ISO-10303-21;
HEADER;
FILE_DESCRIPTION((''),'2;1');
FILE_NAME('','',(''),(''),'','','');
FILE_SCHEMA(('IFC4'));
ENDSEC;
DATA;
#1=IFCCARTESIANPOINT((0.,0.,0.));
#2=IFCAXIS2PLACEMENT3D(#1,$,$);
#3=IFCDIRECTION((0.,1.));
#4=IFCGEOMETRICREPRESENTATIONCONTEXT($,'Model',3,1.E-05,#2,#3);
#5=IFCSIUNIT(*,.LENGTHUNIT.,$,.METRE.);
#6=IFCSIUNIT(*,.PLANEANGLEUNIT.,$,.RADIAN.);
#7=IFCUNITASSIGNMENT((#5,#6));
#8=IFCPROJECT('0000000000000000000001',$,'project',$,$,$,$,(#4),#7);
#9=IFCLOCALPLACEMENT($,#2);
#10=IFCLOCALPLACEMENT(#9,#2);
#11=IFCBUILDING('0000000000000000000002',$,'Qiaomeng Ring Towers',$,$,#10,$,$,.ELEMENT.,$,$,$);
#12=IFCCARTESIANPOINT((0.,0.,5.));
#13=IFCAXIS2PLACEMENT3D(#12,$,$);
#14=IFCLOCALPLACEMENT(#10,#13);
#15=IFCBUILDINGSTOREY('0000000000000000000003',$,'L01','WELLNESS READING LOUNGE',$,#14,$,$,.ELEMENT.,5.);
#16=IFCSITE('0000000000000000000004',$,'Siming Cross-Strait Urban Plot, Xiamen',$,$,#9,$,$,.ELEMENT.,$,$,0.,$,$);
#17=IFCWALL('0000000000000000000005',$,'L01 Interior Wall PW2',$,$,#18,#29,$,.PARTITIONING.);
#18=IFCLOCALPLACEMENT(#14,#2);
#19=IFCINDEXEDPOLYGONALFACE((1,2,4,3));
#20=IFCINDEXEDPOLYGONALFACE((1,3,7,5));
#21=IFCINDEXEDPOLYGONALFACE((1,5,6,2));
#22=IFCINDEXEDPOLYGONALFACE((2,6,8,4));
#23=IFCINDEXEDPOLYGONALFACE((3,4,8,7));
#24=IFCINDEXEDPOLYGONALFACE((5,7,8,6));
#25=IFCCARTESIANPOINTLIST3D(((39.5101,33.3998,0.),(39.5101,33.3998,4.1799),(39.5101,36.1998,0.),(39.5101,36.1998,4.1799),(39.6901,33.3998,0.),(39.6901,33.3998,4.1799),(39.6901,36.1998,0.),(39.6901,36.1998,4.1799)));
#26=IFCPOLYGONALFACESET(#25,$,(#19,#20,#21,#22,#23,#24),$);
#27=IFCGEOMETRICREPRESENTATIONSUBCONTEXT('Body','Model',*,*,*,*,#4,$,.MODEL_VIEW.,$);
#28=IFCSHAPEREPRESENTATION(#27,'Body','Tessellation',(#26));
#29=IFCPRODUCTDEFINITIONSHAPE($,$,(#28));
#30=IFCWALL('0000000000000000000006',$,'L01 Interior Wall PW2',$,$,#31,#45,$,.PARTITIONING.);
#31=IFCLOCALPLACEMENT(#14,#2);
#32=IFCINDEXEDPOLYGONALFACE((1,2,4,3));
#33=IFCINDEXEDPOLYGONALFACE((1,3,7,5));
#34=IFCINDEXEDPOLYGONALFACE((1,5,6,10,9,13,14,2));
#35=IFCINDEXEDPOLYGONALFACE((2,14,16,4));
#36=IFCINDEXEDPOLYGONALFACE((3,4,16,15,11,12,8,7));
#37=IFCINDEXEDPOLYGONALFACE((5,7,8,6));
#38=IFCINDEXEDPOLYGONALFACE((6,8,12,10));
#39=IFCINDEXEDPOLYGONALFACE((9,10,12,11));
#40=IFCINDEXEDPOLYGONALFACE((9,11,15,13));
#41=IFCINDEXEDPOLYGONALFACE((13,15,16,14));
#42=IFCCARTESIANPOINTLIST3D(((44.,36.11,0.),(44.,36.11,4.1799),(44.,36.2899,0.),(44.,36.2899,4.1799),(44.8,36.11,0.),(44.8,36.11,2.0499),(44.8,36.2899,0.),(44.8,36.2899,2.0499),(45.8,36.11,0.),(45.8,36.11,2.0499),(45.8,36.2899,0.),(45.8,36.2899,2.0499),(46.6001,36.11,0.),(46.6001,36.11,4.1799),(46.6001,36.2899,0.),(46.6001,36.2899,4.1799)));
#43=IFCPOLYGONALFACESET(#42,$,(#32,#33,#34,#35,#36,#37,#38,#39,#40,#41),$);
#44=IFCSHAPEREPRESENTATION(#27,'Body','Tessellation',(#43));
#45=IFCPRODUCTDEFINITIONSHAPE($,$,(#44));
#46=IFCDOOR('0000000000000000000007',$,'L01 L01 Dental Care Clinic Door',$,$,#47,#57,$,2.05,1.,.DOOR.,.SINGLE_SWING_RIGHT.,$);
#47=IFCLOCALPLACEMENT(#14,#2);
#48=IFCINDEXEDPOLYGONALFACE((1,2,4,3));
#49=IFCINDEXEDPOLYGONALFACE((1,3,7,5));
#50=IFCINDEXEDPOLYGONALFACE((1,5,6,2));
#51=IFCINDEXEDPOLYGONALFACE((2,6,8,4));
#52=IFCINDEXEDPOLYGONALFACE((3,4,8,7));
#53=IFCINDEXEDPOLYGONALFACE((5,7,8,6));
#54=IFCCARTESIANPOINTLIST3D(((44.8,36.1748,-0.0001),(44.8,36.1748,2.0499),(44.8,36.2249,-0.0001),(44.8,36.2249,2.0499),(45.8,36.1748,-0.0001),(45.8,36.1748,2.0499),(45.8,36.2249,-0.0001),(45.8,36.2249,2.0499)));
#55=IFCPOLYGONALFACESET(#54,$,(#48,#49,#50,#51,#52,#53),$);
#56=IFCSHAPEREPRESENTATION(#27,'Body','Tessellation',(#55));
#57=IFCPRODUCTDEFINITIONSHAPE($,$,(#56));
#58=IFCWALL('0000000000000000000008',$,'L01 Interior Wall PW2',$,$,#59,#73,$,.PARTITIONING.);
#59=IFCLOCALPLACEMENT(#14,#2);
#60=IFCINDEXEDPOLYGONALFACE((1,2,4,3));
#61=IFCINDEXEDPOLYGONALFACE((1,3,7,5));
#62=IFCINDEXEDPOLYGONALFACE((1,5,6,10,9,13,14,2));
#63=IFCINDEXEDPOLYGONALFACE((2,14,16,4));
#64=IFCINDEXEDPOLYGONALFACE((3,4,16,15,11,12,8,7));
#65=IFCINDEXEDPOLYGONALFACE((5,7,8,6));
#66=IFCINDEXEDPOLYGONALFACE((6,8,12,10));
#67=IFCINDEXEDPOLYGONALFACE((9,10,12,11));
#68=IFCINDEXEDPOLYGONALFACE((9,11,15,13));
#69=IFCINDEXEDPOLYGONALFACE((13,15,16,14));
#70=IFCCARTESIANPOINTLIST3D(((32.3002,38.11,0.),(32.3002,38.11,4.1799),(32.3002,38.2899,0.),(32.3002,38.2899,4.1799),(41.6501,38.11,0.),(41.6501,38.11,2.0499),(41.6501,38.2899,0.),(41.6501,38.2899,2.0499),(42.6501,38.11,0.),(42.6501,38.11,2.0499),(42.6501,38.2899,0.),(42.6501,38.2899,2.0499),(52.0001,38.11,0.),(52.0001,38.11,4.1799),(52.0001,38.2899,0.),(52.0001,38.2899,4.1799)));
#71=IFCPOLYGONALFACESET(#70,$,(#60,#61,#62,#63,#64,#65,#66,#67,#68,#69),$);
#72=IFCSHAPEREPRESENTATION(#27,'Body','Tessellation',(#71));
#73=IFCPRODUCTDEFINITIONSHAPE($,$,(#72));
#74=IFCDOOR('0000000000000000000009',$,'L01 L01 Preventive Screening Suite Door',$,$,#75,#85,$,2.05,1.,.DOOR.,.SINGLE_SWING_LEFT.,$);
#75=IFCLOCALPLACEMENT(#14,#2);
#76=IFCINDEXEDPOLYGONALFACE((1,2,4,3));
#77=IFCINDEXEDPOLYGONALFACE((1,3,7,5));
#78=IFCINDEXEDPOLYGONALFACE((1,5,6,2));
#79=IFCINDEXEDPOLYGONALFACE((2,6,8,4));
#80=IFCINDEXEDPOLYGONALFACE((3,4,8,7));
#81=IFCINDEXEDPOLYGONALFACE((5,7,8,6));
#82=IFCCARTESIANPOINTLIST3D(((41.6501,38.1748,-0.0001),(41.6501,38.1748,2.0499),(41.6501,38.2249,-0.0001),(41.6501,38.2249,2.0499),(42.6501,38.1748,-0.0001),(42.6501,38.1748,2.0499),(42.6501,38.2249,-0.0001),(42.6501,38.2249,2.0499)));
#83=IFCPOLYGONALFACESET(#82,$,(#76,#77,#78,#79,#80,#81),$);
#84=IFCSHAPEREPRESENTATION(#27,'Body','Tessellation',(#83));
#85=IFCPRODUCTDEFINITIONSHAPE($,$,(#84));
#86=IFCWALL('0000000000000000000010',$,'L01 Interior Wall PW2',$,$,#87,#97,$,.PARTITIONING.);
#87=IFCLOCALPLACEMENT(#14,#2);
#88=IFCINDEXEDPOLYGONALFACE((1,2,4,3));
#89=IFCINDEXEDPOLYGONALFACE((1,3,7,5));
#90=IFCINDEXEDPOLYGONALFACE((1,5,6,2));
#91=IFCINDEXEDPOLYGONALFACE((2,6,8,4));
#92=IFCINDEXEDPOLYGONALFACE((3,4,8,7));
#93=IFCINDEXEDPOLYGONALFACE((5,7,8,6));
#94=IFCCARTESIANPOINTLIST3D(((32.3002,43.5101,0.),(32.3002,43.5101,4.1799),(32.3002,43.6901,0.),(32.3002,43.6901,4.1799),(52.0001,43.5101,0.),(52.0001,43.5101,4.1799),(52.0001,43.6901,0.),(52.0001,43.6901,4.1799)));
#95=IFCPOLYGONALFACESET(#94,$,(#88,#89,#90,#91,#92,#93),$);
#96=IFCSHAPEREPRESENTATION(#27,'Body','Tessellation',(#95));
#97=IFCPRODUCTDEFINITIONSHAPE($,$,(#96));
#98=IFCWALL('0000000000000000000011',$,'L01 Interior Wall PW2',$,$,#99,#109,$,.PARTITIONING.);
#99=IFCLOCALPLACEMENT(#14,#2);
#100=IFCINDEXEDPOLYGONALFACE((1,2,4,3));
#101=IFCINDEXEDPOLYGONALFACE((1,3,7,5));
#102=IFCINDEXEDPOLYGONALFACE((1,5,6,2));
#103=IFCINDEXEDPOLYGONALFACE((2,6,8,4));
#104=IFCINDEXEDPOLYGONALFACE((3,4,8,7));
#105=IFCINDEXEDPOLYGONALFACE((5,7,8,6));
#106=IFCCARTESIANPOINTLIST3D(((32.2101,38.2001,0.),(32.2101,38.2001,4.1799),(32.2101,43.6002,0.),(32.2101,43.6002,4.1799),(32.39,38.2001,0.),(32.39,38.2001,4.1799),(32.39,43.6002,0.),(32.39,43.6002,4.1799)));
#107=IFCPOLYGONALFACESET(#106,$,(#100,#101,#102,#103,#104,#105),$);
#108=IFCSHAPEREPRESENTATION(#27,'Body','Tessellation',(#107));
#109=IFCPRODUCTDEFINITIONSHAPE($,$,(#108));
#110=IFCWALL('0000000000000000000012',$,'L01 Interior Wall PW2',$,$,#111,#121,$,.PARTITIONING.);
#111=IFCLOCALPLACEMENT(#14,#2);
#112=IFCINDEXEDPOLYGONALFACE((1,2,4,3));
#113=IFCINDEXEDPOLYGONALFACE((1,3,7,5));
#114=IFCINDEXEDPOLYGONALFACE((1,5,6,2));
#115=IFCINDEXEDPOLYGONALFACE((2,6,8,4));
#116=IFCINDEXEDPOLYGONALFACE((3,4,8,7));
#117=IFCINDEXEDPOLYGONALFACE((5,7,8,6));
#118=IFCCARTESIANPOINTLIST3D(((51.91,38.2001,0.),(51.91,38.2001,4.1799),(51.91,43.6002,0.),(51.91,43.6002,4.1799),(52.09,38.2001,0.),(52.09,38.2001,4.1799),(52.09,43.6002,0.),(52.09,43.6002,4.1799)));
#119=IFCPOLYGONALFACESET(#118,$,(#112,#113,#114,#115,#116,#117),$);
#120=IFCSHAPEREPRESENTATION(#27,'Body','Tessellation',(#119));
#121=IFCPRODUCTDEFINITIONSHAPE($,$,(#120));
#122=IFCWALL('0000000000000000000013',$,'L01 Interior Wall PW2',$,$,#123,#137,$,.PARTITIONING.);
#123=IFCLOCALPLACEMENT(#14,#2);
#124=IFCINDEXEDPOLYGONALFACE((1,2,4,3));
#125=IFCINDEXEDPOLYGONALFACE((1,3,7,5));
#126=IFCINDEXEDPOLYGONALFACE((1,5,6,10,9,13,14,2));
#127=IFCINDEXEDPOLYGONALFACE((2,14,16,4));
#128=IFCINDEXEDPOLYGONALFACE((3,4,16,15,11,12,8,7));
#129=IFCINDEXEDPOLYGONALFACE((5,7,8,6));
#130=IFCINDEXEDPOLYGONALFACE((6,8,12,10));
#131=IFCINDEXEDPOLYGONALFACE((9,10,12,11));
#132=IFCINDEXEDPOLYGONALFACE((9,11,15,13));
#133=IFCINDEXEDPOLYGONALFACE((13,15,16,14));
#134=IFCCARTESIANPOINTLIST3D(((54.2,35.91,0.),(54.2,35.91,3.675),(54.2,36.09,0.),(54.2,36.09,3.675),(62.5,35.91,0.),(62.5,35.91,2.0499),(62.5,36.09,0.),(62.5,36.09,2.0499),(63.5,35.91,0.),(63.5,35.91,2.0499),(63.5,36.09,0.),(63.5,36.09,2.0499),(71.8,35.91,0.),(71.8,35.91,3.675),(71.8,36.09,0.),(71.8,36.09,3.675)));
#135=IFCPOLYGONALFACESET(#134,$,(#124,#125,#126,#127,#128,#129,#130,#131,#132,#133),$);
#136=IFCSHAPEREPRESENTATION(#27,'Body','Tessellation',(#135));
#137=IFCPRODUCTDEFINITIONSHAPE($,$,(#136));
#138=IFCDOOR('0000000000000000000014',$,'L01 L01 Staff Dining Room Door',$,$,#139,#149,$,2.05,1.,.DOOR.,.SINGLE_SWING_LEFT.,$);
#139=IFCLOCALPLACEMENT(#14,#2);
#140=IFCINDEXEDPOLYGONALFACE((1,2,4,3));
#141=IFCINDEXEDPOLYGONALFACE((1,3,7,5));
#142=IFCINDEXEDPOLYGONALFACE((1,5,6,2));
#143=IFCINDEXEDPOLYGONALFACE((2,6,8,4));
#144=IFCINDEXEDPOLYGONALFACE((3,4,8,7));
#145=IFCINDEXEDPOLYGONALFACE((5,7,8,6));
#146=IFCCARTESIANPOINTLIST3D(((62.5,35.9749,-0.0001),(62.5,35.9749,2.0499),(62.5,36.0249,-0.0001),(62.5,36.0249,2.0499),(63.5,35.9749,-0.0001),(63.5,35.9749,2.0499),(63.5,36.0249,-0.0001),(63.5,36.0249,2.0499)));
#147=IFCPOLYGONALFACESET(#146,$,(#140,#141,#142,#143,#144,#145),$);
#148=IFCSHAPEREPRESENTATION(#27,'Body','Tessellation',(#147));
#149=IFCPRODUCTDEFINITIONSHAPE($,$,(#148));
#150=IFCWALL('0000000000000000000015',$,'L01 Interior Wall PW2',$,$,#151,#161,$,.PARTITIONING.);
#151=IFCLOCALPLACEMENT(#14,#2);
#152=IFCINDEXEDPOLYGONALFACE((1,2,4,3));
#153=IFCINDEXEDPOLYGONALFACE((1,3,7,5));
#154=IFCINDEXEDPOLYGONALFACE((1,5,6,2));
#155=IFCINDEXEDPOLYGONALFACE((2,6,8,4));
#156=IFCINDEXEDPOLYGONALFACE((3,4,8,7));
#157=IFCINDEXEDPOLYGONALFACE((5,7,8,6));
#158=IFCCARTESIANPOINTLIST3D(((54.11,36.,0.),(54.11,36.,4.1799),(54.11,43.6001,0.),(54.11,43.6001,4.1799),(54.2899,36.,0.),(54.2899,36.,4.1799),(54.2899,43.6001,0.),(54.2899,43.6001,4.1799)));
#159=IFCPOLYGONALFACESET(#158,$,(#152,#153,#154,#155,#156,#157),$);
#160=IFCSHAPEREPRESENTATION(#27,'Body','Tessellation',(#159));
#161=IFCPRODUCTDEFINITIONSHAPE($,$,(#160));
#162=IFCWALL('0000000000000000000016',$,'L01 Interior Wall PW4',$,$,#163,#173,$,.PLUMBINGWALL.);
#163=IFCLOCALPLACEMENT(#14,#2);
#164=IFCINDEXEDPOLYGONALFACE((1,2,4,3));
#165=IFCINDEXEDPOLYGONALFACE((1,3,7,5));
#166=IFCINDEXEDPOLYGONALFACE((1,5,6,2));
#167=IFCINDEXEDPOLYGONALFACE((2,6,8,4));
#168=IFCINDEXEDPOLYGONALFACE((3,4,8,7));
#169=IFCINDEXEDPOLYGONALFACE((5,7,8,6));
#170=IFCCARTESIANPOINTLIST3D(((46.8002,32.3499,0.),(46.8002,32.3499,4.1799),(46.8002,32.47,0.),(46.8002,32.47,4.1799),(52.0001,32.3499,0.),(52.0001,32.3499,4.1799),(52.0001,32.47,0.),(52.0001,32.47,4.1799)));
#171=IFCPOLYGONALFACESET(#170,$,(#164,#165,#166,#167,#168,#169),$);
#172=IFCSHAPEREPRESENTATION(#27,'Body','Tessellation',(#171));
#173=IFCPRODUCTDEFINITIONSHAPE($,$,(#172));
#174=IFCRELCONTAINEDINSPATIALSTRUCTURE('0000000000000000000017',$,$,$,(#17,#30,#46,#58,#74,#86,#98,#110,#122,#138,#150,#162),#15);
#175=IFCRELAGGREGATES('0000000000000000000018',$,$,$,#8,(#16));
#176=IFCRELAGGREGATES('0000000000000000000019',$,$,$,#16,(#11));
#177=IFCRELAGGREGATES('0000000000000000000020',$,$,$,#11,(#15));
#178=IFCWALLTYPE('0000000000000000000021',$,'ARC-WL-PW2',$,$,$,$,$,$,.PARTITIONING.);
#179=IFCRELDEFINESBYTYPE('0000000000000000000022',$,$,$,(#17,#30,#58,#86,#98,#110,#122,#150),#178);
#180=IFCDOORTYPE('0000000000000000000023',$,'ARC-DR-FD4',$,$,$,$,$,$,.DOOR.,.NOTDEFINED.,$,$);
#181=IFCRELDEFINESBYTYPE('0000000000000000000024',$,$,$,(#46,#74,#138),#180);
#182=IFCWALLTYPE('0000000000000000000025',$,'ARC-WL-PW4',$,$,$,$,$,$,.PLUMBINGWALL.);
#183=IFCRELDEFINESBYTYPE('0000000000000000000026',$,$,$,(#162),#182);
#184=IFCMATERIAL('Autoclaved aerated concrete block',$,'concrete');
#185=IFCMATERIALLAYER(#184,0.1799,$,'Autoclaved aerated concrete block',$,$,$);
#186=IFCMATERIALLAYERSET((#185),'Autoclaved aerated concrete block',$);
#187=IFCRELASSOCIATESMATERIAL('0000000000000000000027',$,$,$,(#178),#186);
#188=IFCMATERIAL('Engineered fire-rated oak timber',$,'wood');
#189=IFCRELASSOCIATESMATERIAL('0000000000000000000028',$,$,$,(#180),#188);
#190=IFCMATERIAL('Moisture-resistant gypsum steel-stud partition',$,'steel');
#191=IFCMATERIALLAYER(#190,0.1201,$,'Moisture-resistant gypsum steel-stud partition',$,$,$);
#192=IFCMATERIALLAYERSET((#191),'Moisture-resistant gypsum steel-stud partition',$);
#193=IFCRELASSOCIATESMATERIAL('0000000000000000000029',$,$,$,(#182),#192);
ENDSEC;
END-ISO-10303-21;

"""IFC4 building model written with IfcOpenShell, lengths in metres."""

from ifc_helpers import new_model, si_unit, direction, frame, frame_2d, origin, place, context, subcontext, project, spatial, rectangle, extrude, source, transform, mapped, material, layer, layer_set, type_object, element, fill, save


model = new_model("IFC4")

# Units and contexts
model_context = context("Model", 3, precision=1e-05, world=origin(), true_north=direction((0.0, 1.0)))
body_context = subcontext(model_context, "Body", "Model", "MODEL_VIEW")
ifc_project = project(units=[si_unit("LENGTHUNIT", "METRE"), si_unit("PLANEANGLEUNIT", "RADIAN")], contexts=[model_context])

# Site, building, storey
site_placement = place(None, origin())
site = spatial("IfcSite", under=ifc_project, at=site_placement, Name="Siming Cross-Strait Urban Plot, Xiamen", CompositionType="ELEMENT", RefElevation=0.0)
building_placement = place(site_placement, origin())
building = spatial("IfcBuilding", under=site, at=building_placement, Name="Qiaomeng Ring Towers", CompositionType="ELEMENT")
storey_placement = place(building_placement, frame((0.0, 0.0, 5.0)))
storey = spatial("IfcBuildingStorey", under=building, at=storey_placement, Name="L01", Description="WELLNESS READING LOUNGE", CompositionType="ELEMENT", Elevation=5.0)

# Wall
ifc_material_1 = material(Name="Autoclaved aerated concrete block", Category="concrete")
ifc_layer_1 = layer(ifc_material_1, 0.1799, Name="Autoclaved aerated concrete block")
ifc_layer_set_1 = layer_set([ifc_layer_1], Name="Autoclaved aerated concrete block")
wall_type_1 = type_object("IfcWallType", Name="ARC-WL-PW2", PredefinedType="PARTITIONING", material=ifc_layer_set_1)
for number, where, z_axis, x_axis, name in (
    (1, (39.6001, 33.3999, 0.0), (0.0, 0.0, 1.0), (0.0, 1.0, 0.0), "L01 Interior Wall PW2"),
):
    element("IfcWall", number, at=place(storey_placement, frame(where, z_axis=z_axis, x_axis=x_axis)), inside=storey, type_object=wall_type_1, Name=name, PredefinedType="PARTITIONING", context=body_context, shape_type="SweptSolid", body=[
        extrude(rectangle(XDim=2.8, YDim=0.1799, at=frame_2d((1.3999, 0.0))), origin(), (0.0, 0.0, 1.0), 4.1799),
    ])

# Walls, openings, doors
wall_1_placement = place(storey_placement, frame((44.0, 36.2, 0.0), z_axis=(0.0, 0.0, 1.0), x_axis=(1.0, 0.0, 0.0)))
wall_1 = element("IfcWall", 2, at=wall_1_placement, inside=storey, type_object=wall_type_1, Name="L01 Interior Wall PW2", PredefinedType="PARTITIONING", context=body_context, shape_type="SweptSolid", body=[
    extrude(rectangle(XDim=2.6001, YDim=0.1799, at=frame_2d((1.3, 0.0))), origin(), (0.0, 0.0, 1.0), 4.1799),
])
opening_1_placement = place(wall_1_placement, frame((0.8, 0.0, 0.0)))
opening_1 = element("IfcOpeningElement", 3, at=opening_1_placement, cuts=wall_1, PredefinedType="OPENING", context=body_context, shape_type="SweptSolid", body=[
    extrude(rectangle(XDim=1.0, YDim=2.05, at=frame_2d((0.5, 1.0249))), frame((0.0, 0.0999, 0.0), z_axis=(0.0, -1.0, 0.0), x_axis=(1.0, 0.0, 0.0)), (0.0, 0.0, 1.0), 0.2),
])
ifc_material_2 = material(Name="Engineered fire-rated oak timber", Category="wood")
door_type_1 = type_object("IfcDoorType", Name="ARC-DR-FD4", OperationType="NOTDEFINED", PredefinedType="DOOR", material=ifc_material_2)
shared_shape_1 = source(origin(), body_context, "Body", "SweptSolid", [
    extrude(rectangle(XDim=1.0, YDim=2.05, at=frame_2d((0.5, 1.0249))), frame((0.0, 0.0249, 0.0), z_axis=(0.0, -1.0, 0.0), x_axis=(1.0, 0.0, 0.0)), (0.0, 0.0, 1.0), 0.05),
])
door_1_placement = place(opening_1_placement, origin())
door_1 = element("IfcDoor", 4, at=door_1_placement, inside=storey, type_object=door_type_1, Name="L01 L01 Dental Care Clinic Door", OperationType="SINGLE_SWING_RIGHT", OverallHeight=2.05, OverallWidth=1.0, PredefinedType="DOOR", context=body_context, shape_type="MappedRepresentation", body=[
    mapped(shared_shape_1, transform((0.0, 0.0, 0.0), x_axis=(1.0, 0.0, 0.0), y_axis=(0.0, 1.0, 0.0), z_axis=(0.0, 0.0, 1.0), scale=1.0)),
])
fill(opening_1, door_1)
wall_2_placement = place(storey_placement, frame((32.3, 38.2, 0.0), z_axis=(0.0, 0.0, 1.0), x_axis=(1.0, 0.0, 0.0)))
wall_2 = element("IfcWall", 5, at=wall_2_placement, inside=storey, type_object=wall_type_1, Name="L01 Interior Wall PW2", PredefinedType="PARTITIONING", context=body_context, shape_type="SweptSolid", body=[
    extrude(rectangle(XDim=19.7, YDim=0.1799, at=frame_2d((9.8501, 0.0))), origin(), (0.0, 0.0, 1.0), 4.1799),
])
opening_2_placement = place(wall_2_placement, frame((9.3501, 0.0, 0.0)))
opening_2 = element("IfcOpeningElement", 6, at=opening_2_placement, cuts=wall_2, PredefinedType="OPENING", context=body_context, shape_type="SweptSolid", body=[
    extrude(rectangle(XDim=1.0, YDim=2.05, at=frame_2d((0.5, 1.0249))), frame((0.0, 0.0999, 0.0), z_axis=(0.0, -1.0, 0.0), x_axis=(1.0, 0.0, 0.0)), (0.0, 0.0, 1.0), 0.2),
])
door_2_placement = place(opening_2_placement, origin())
door_2 = element("IfcDoor", 7, at=door_2_placement, inside=storey, type_object=door_type_1, Name="L01 L01 Preventive Screening Suite Door", OperationType="SINGLE_SWING_LEFT", OverallHeight=2.05, OverallWidth=1.0, PredefinedType="DOOR", context=body_context, shape_type="MappedRepresentation", body=[
    mapped(shared_shape_1, transform((0.0, 0.0, 0.0), x_axis=(1.0, 0.0, 0.0), y_axis=(0.0, 1.0, 0.0), z_axis=(0.0, 0.0, 1.0), scale=1.0)),
])
fill(opening_2, door_2)

# Walls
wall_3_placement = place(storey_placement, frame((32.3, 43.6001, 0.0), z_axis=(0.0, 0.0, 1.0), x_axis=(1.0, 0.0, 0.0)))
element("IfcWall", 8, at=wall_3_placement, inside=storey, type_object=wall_type_1, Name="L01 Interior Wall PW2", PredefinedType="PARTITIONING", context=body_context, shape_type="SweptSolid", body=[
    extrude(rectangle(XDim=19.7, YDim=0.1799, at=frame_2d((9.8501, 0.0))), origin(), (0.0, 0.0, 1.0), 4.1799),
])
for number, where, z_axis, x_axis, name in (
    (9, (32.3, 38.2, 0.0), (0.0, 0.0, 1.0), (0.0, 1.0, 0.0), "L01 Interior Wall PW2"),
    (10, (52.0, 38.2, 0.0), (0.0, 0.0, 1.0), (0.0, 1.0, 0.0), "L01 Interior Wall PW2"),
):
    element("IfcWall", number, at=place(storey_placement, frame(where, z_axis=z_axis, x_axis=x_axis)), inside=storey, type_object=wall_type_1, Name=name, PredefinedType="PARTITIONING", context=body_context, shape_type="SweptSolid", body=[
        extrude(rectangle(XDim=5.4001, YDim=0.1799, at=frame_2d((2.7002, 0.0))), origin(), (0.0, 0.0, 1.0), 4.1799),
    ])

# Wall, opening, door
wall_4_placement = place(storey_placement, frame((54.2, 36.0, 0.0), z_axis=(0.0, 0.0, 1.0), x_axis=(1.0, 0.0, 0.0)))
wall_4 = element("IfcWall", 11, at=wall_4_placement, inside=storey, type_object=wall_type_1, Name="L01 Interior Wall PW2", PredefinedType="PARTITIONING", context=body_context, shape_type="SweptSolid", body=[
    extrude(rectangle(XDim=17.6001, YDim=0.1799, at=frame_2d((8.8, 0.0))), origin(), (0.0, 0.0, 1.0), 3.675),
])
opening_3_placement = place(wall_4_placement, frame((8.3, 0.0, 0.0)))
opening_3 = element("IfcOpeningElement", 12, at=opening_3_placement, cuts=wall_4, PredefinedType="OPENING", context=body_context, shape_type="SweptSolid", body=[
    extrude(rectangle(XDim=1.0, YDim=2.05, at=frame_2d((0.5, 1.0249))), frame((0.0, 0.0999, 0.0), z_axis=(0.0, -1.0, 0.0), x_axis=(1.0, 0.0, 0.0)), (0.0, 0.0, 1.0), 0.2),
])
door_3_placement = place(opening_3_placement, origin())
door_3 = element("IfcDoor", 13, at=door_3_placement, inside=storey, type_object=door_type_1, Name="L01 L01 Staff Dining Room Door", OperationType="SINGLE_SWING_LEFT", OverallHeight=2.05, OverallWidth=1.0, PredefinedType="DOOR", context=body_context, shape_type="MappedRepresentation", body=[
    mapped(shared_shape_1, transform((0.0, 0.0, 0.0), x_axis=(1.0, 0.0, 0.0), y_axis=(0.0, 1.0, 0.0), z_axis=(0.0, 0.0, 1.0), scale=1.0)),
])
fill(opening_3, door_3)

# Walls
wall_5_placement = place(storey_placement, frame((54.2, 36.0, 0.0), z_axis=(0.0, 0.0, 1.0), x_axis=(0.0, 1.0, 0.0)))
element("IfcWall", 14, at=wall_5_placement, inside=storey, type_object=wall_type_1, Name="L01 Interior Wall PW2", PredefinedType="PARTITIONING", context=body_context, shape_type="SweptSolid", body=[
    extrude(rectangle(XDim=7.6001, YDim=0.1799, at=frame_2d((3.8, 0.0))), origin(), (0.0, 0.0, 1.0), 4.1799),
])
ifc_material_3 = material(Name="Moisture-resistant gypsum steel-stud partition", Category="steel")
ifc_layer_2 = layer(ifc_material_3, 0.1201, Name="Moisture-resistant gypsum steel-stud partition")
ifc_layer_set_2 = layer_set([ifc_layer_2], Name="Moisture-resistant gypsum steel-stud partition")
wall_type_2 = type_object("IfcWallType", Name="ARC-WL-PW4", PredefinedType="PLUMBINGWALL", material=ifc_layer_set_2)
wall_6_placement = place(storey_placement, frame((46.8, 32.4099, 0.0), z_axis=(0.0, 0.0, 1.0), x_axis=(1.0, 0.0, 0.0)))
element("IfcWall", 15, at=wall_6_placement, inside=storey, type_object=wall_type_2, Name="L01 Interior Wall PW4", PredefinedType="PLUMBINGWALL", context=body_context, shape_type="SweptSolid", body=[
    extrude(rectangle(XDim=5.2, YDim=0.1201, at=frame_2d((2.6001, 0.0))), origin(), (0.0, 0.0, 1.0), 4.1799),
])

save(model, "model.ifc")
